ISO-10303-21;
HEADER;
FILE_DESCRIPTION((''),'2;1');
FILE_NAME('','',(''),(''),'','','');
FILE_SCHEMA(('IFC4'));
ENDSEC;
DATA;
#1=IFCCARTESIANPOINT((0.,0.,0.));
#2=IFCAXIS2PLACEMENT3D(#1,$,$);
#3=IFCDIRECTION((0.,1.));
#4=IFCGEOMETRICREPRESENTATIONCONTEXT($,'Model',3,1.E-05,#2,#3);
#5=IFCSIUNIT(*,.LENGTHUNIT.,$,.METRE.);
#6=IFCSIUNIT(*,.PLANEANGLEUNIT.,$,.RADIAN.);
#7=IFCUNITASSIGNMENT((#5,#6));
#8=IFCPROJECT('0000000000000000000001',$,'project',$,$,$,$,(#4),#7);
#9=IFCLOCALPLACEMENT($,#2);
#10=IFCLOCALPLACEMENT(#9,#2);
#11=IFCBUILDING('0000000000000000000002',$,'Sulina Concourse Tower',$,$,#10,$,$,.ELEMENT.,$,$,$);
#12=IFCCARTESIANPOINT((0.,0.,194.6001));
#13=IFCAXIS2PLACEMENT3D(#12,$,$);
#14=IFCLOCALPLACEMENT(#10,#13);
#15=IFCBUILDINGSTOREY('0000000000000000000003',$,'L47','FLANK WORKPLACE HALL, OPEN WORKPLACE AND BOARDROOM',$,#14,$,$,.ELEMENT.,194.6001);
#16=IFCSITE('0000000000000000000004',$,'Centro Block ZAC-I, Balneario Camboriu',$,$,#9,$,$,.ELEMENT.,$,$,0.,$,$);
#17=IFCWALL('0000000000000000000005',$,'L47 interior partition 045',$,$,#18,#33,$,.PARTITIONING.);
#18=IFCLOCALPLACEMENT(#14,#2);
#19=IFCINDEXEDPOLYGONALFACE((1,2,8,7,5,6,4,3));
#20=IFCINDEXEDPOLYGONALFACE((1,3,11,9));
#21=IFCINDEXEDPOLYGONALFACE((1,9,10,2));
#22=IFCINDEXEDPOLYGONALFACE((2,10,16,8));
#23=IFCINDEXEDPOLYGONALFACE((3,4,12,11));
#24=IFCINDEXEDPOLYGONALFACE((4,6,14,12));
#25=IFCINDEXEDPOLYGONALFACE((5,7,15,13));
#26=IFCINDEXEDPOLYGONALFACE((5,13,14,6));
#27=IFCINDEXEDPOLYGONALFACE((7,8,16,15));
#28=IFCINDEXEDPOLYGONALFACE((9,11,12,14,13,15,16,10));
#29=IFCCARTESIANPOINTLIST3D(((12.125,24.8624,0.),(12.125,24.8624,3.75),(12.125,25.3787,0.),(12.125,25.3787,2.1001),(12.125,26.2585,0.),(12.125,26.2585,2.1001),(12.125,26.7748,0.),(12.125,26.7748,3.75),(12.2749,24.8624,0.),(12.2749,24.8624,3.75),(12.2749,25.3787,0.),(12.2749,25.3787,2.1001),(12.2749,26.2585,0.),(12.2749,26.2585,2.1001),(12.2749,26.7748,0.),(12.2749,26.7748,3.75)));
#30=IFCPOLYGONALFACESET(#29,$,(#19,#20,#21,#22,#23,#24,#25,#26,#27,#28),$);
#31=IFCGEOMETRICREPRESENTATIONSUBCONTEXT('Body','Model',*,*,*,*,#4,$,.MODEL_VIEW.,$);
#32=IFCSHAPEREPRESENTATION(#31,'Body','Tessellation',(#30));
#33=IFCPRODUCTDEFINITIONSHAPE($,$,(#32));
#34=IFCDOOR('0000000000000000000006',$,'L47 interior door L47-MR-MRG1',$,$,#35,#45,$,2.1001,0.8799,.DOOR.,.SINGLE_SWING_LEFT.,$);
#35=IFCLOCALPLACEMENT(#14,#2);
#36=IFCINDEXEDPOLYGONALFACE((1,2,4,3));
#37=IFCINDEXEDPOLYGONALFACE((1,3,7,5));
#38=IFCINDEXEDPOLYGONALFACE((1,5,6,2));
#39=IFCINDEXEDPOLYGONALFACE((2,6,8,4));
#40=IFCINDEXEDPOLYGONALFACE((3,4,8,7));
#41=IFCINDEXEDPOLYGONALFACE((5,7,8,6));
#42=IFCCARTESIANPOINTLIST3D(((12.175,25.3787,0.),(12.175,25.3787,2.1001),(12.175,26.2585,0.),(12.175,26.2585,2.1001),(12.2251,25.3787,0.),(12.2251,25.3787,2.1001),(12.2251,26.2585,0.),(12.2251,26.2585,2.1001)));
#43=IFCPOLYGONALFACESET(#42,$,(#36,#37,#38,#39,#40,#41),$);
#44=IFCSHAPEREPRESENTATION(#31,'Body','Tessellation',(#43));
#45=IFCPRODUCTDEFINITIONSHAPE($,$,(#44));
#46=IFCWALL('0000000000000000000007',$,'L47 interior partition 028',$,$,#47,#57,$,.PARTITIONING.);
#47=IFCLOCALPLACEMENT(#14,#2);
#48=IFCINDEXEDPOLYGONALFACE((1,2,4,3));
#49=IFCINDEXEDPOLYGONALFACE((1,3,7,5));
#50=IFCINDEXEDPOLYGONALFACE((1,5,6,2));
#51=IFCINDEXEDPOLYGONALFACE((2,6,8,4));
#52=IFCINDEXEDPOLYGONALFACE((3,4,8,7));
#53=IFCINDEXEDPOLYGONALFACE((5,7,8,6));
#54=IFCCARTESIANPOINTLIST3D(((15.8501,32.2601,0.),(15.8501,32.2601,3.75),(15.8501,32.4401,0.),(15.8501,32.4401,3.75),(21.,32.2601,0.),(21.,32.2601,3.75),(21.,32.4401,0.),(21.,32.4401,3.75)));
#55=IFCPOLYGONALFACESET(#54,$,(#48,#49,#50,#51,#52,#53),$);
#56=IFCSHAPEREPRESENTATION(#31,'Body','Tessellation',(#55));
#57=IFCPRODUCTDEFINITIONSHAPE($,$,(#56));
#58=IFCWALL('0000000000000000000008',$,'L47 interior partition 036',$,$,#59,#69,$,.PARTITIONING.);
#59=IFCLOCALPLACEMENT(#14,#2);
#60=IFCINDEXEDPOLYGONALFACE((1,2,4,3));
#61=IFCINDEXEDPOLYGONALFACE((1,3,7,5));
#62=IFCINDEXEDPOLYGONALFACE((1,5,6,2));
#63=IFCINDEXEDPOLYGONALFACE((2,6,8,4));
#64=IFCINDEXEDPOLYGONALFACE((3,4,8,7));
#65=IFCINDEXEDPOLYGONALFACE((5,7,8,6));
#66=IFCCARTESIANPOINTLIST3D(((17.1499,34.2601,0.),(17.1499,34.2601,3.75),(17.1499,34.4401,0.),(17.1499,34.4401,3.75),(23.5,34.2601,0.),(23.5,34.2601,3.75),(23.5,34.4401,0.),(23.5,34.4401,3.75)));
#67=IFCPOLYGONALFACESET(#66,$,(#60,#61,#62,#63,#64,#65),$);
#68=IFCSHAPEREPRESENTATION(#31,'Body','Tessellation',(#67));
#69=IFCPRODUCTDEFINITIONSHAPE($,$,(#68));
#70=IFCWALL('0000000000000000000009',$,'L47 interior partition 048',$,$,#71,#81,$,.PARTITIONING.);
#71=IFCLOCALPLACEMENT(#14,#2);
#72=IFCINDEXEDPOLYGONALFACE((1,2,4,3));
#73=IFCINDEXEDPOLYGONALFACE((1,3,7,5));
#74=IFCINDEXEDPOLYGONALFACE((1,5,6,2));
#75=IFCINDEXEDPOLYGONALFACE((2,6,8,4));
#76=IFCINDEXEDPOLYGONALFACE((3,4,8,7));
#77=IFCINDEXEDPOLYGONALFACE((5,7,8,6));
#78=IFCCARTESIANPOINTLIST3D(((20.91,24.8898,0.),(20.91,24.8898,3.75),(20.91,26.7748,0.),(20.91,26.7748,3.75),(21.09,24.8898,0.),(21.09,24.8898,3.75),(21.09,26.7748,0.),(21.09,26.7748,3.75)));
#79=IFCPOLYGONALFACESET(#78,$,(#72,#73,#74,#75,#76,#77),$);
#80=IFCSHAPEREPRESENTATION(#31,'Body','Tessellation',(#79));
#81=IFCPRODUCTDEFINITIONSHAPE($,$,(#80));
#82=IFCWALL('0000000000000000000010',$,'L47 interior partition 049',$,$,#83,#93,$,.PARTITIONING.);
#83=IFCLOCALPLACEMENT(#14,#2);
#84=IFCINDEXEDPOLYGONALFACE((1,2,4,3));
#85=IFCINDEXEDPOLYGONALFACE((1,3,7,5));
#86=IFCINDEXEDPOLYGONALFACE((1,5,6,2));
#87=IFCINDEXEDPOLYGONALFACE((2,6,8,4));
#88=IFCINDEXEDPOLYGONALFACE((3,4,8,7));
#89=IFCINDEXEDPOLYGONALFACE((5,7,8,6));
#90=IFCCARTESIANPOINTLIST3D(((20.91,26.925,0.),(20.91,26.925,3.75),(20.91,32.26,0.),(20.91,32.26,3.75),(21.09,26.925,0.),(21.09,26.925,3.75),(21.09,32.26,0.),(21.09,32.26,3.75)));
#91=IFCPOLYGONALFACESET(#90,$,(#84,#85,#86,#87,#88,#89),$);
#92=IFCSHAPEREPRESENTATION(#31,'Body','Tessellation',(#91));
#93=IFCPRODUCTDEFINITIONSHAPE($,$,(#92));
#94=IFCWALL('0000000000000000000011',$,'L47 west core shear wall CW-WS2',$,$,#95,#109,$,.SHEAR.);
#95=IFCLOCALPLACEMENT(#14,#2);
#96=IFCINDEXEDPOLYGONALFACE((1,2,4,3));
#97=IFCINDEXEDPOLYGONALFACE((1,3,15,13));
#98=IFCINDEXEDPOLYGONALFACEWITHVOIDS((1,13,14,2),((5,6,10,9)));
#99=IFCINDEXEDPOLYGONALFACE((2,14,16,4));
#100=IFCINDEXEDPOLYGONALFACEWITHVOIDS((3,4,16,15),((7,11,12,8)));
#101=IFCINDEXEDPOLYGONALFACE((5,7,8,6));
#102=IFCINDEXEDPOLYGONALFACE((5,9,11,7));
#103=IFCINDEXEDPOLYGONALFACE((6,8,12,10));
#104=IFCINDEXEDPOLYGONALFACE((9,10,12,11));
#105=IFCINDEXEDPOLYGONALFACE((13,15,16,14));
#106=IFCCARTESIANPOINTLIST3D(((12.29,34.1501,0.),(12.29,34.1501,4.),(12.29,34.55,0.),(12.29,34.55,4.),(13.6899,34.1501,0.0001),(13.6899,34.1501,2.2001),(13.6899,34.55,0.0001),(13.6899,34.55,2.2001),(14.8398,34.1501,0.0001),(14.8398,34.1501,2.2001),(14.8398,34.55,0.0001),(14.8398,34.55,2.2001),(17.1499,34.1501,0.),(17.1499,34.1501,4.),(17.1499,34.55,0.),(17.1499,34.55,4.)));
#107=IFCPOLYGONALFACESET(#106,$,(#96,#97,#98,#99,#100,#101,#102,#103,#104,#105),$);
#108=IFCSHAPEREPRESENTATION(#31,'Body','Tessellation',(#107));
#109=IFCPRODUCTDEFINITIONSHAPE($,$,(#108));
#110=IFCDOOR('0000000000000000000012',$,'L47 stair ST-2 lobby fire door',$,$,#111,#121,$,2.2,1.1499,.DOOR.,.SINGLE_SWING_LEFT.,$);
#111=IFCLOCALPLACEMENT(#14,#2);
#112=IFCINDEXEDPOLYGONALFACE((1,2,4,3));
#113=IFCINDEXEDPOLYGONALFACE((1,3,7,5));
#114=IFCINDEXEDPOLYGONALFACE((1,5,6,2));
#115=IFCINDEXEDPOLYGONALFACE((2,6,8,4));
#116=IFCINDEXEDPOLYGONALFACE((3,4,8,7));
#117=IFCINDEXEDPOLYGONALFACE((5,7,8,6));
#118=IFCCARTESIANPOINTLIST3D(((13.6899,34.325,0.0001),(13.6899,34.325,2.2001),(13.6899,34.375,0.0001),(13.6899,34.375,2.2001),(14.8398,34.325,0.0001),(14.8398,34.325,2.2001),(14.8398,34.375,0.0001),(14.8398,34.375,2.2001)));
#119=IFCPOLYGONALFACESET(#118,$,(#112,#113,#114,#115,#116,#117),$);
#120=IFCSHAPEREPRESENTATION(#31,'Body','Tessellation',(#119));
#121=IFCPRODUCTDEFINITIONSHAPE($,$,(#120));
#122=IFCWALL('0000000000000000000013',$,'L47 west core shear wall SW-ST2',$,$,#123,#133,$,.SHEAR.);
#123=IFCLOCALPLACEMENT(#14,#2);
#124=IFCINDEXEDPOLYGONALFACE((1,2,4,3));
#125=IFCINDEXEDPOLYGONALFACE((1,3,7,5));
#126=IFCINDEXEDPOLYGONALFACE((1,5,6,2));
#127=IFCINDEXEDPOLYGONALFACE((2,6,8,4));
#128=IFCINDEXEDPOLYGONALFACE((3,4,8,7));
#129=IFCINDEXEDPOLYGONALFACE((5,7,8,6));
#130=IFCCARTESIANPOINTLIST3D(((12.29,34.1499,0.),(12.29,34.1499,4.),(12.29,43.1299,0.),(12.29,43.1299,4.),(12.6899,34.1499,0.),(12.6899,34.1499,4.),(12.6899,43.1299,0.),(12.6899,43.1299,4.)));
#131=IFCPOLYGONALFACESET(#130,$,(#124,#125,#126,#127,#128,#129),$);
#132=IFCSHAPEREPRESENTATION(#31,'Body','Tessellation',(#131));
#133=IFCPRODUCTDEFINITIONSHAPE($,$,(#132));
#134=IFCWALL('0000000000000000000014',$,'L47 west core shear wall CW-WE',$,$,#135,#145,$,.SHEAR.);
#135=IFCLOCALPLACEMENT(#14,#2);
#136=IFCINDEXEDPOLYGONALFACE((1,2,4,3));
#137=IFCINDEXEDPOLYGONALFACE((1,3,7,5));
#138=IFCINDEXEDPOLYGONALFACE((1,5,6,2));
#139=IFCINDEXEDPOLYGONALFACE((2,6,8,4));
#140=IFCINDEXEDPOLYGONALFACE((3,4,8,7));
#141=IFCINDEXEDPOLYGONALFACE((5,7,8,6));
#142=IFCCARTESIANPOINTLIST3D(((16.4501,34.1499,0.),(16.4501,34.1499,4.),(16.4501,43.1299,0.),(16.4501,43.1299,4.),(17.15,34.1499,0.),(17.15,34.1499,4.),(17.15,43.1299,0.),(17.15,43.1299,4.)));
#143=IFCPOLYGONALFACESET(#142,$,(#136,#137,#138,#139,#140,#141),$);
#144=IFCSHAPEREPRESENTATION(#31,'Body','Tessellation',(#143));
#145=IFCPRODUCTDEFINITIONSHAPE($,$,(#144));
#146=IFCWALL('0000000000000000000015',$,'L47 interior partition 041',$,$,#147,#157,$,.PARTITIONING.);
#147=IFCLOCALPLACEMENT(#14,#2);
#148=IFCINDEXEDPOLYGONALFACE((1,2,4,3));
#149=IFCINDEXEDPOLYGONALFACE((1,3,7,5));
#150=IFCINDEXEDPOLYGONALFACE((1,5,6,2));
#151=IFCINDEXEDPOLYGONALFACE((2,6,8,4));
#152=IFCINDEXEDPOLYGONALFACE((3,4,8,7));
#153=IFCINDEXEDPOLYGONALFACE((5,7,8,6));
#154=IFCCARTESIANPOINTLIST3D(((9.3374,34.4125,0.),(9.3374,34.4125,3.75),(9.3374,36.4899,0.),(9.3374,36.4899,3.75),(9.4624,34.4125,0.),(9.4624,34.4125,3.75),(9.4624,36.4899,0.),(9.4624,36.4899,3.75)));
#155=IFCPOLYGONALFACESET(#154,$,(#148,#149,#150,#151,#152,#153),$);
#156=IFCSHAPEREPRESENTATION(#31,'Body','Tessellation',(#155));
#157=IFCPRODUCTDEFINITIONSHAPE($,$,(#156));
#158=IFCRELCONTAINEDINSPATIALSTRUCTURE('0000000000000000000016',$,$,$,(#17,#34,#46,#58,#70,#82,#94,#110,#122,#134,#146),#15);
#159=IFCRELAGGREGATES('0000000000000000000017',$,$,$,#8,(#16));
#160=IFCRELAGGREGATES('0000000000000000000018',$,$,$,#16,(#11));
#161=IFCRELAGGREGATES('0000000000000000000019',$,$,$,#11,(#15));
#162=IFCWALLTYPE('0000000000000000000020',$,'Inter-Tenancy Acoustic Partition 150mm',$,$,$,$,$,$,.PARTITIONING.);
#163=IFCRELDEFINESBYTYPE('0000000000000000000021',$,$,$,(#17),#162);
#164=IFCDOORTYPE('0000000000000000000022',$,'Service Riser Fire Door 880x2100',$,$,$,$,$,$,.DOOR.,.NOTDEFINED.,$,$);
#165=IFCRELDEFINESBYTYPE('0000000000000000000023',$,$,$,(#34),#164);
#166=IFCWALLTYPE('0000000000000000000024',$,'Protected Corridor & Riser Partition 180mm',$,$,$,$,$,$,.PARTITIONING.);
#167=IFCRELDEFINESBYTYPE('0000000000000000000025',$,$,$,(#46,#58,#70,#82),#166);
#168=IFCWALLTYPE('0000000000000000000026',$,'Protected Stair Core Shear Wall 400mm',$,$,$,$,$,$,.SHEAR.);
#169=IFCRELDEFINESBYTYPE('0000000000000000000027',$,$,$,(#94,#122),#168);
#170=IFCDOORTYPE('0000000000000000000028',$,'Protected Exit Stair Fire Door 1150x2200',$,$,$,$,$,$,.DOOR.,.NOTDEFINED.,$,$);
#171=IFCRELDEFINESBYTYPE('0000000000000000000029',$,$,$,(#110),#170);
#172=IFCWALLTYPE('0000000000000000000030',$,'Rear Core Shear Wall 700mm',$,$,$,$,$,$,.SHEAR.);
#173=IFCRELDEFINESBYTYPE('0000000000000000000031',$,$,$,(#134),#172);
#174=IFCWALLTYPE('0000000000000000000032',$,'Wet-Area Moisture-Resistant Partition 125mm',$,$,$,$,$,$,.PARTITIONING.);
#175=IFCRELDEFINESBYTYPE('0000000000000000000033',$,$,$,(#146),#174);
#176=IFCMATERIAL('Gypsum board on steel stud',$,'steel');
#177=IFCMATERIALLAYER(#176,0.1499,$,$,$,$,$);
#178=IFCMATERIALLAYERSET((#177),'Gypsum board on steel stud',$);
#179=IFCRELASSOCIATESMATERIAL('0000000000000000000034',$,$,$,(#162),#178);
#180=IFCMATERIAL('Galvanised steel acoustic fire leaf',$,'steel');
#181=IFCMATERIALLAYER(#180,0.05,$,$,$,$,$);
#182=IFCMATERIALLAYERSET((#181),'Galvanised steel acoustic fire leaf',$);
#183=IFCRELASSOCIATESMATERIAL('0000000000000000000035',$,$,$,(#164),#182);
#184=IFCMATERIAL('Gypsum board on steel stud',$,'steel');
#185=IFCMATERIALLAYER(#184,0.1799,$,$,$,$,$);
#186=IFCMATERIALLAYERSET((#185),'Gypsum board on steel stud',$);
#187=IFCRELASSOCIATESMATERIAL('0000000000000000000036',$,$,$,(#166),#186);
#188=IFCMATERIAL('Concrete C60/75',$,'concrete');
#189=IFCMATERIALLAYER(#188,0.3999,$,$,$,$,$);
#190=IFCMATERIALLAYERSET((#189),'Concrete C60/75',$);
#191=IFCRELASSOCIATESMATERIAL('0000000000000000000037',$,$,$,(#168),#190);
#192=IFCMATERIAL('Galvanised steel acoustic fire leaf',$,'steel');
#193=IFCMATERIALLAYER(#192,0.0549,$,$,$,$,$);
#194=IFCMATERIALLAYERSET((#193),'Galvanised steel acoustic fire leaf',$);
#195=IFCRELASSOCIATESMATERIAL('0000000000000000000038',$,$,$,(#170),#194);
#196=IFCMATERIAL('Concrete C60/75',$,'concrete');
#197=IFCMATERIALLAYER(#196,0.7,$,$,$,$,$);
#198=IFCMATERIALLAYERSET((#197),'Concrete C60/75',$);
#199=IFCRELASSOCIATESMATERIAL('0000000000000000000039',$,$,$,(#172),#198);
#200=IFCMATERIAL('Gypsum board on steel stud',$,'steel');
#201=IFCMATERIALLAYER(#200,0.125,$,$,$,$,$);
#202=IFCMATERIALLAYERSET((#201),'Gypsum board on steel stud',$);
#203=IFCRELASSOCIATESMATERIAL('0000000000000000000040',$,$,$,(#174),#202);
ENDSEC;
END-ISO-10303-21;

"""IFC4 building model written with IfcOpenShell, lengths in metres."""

from ifc_helpers import new_model, si_unit, direction, frame, frame_2d, origin, place, context, subcontext, project, spatial, rectangle, extrude, material, layer, layer_set, type_object, element, fill, save


model = new_model("IFC4")

# Units and contexts
model_context = context("Model", 3, precision=1e-05, world=origin(), true_north=direction((0.0, 1.0)))
body_context = subcontext(model_context, "Body", "Model", "MODEL_VIEW")
ifc_project = project(units=[si_unit("LENGTHUNIT", "METRE"), si_unit("PLANEANGLEUNIT", "RADIAN")], contexts=[model_context])

# Site, building, storey
site_placement = place(None, origin())
site = spatial("IfcSite", under=ifc_project, at=site_placement, Name="Centro Block ZAC-I, Balneario Camboriu", CompositionType="ELEMENT", RefElevation=0.0)
building_placement = place(site_placement, origin())
building = spatial("IfcBuilding", under=site, at=building_placement, Name="Sulina Concourse Tower", CompositionType="ELEMENT")
storey_placement = place(building_placement, frame((0.0, 0.0, 194.6001)))
storey = spatial("IfcBuildingStorey", under=building, at=storey_placement, Name="L47", Description="FLANK WORKPLACE HALL, OPEN WORKPLACE AND BOARDROOM", CompositionType="ELEMENT", Elevation=194.6001)

# Shared definitions
ifc_material_1 = material(Name="Gypsum board on steel stud", Category="steel")
ifc_layer_1 = layer(ifc_material_1, 0.1499)
ifc_layer_set_1 = layer_set([ifc_layer_1], Name="Gypsum board on steel stud")
wall_type_1 = type_object("IfcWallType", Name="Inter-Tenancy Acoustic Partition 150mm", PredefinedType="PARTITIONING", material=ifc_layer_set_1)

# Wall, opening, door
wall_1_placement = place(storey_placement, frame((12.2, 24.8625, 0.0), z_axis=(0.0, 0.0, 1.0), x_axis=(0.0, 1.0, 0.0)))
wall_1 = element("IfcWall", 1, at=wall_1_placement, inside=storey, type_object=wall_type_1, Name="L47 interior partition 045", PredefinedType="PARTITIONING", context=body_context, shape_type="SweptSolid", body=[
    extrude(rectangle(XDim=1.9124, YDim=0.1499, at=frame_2d((0.9561, 0.0))), origin(), (0.0, 0.0, 1.0), 3.75),
])
opening_1_placement = place(wall_1_placement, frame((0.5161, 0.0, 0.0)))
opening_1 = element("IfcOpeningElement", 2, at=opening_1_placement, cuts=wall_1, PredefinedType="OPENING", context=body_context, shape_type="SweptSolid", body=[
    extrude(rectangle(XDim=0.8799, YDim=2.1001, at=frame_2d((0.4399, 1.05))), frame((0.0, 0.085, 0.0), z_axis=(0.0, -1.0, 0.0), x_axis=(1.0, 0.0, 0.0)), (0.0, 0.0, 1.0), 0.1699),
])
ifc_material_2 = material(Name="Galvanised steel acoustic fire leaf", Category="steel")
ifc_layer_2 = layer(ifc_material_2, 0.05)
ifc_layer_set_2 = layer_set([ifc_layer_2], Name="Galvanised steel acoustic fire leaf")
door_type_1 = type_object("IfcDoorType", Name="Service Riser Fire Door 880x2100", OperationType="NOTDEFINED", PredefinedType="DOOR", material=ifc_layer_set_2)
door_1_placement = place(opening_1_placement, origin())
door_1 = element("IfcDoor", 3, at=door_1_placement, inside=storey, type_object=door_type_1, Name="L47 interior door L47-MR-MRG1", OperationType="SINGLE_SWING_LEFT", OverallHeight=2.1001, OverallWidth=0.8799, PredefinedType="DOOR", context=body_context, shape_type="SweptSolid", body=[
    extrude(rectangle(XDim=0.8799, YDim=2.1001, at=frame_2d((0.4399, 1.05))), frame((0.0, 0.0249, 0.0), z_axis=(0.0, -1.0, 0.0), x_axis=(1.0, 0.0, 0.0)), (0.0, 0.0, 1.0), 0.05),
])
fill(opening_1, door_1)

# Walls
ifc_material_3 = material(Name="Gypsum board on steel stud", Category="steel")
ifc_layer_3 = layer(ifc_material_3, 0.1799)
ifc_layer_set_3 = layer_set([ifc_layer_3], Name="Gypsum board on steel stud")
wall_type_2 = type_object("IfcWallType", Name="Protected Corridor & Riser Partition 180mm", PredefinedType="PARTITIONING", material=ifc_layer_set_3)
wall_2_placement = place(storey_placement, frame((15.8501, 32.3501, 0.0), z_axis=(0.0, 0.0, 1.0), x_axis=(1.0, 0.0, 0.0)))
element("IfcWall", 4, at=wall_2_placement, inside=storey, type_object=wall_type_2, Name="L47 interior partition 028", PredefinedType="PARTITIONING", context=body_context, shape_type="SweptSolid", body=[
    extrude(rectangle(XDim=5.1499, YDim=0.1799, at=frame_2d((2.575, 0.0))), origin(), (0.0, 0.0, 1.0), 3.75),
])
wall_3_placement = place(storey_placement, frame((17.1499, 34.3501, 0.0), z_axis=(0.0, 0.0, 1.0), x_axis=(1.0, 0.0, 0.0)))
element("IfcWall", 5, at=wall_3_placement, inside=storey, type_object=wall_type_2, Name="L47 interior partition 036", PredefinedType="PARTITIONING", context=body_context, shape_type="SweptSolid", body=[
    extrude(rectangle(XDim=6.3501, YDim=0.1799, at=frame_2d((3.175, 0.0))), origin(), (0.0, 0.0, 1.0), 3.75),
])
wall_4_placement = place(storey_placement, frame((21.0, 24.8899, 0.0), z_axis=(0.0, 0.0, 1.0), x_axis=(0.0, 1.0, 0.0)))
element("IfcWall", 6, at=wall_4_placement, inside=storey, type_object=wall_type_2, Name="L47 interior partition 048", PredefinedType="PARTITIONING", context=body_context, shape_type="SweptSolid", body=[
    extrude(rectangle(XDim=1.885, YDim=0.1799, at=frame_2d((0.9424, 0.0))), origin(), (0.0, 0.0, 1.0), 3.75),
])
wall_5_placement = place(storey_placement, frame((21.0, 26.925, 0.0), z_axis=(0.0, 0.0, 1.0), x_axis=(0.0, 1.0, 0.0)))
element("IfcWall", 7, at=wall_5_placement, inside=storey, type_object=wall_type_2, Name="L47 interior partition 049", PredefinedType="PARTITIONING", context=body_context, shape_type="SweptSolid", body=[
    extrude(rectangle(XDim=5.335, YDim=0.1799, at=frame_2d((2.6675, 0.0))), origin(), (0.0, 0.0, 1.0), 3.75),
])

# Wall, opening, door
ifc_material_4 = material(Name="Concrete C60/75", Category="concrete")
ifc_layer_4 = layer(ifc_material_4, 0.3999)
ifc_layer_set_4 = layer_set([ifc_layer_4], Name="Concrete C60/75")
wall_type_3 = type_object("IfcWallType", Name="Protected Stair Core Shear Wall 400mm", PredefinedType="SHEAR", material=ifc_layer_set_4)
wall_6_placement = place(storey_placement, frame((12.29, 34.3501, 0.0), z_axis=(0.0, 0.0, 1.0), x_axis=(1.0, 0.0, 0.0)))
wall_6 = element("IfcWall", 8, at=wall_6_placement, inside=storey, type_object=wall_type_3, Name="L47 west core shear wall CW-WS2", PredefinedType="SHEAR", context=body_context, shape_type="SweptSolid", body=[
    extrude(rectangle(XDim=4.8599, YDim=0.3999, at=frame_2d((2.4299, 0.0))), origin(), (0.0, 0.0, 1.0), 4.0),
])
opening_2_placement = place(wall_6_placement, frame((1.3999, 0.0, 0.0)))
opening_2 = element("IfcOpeningElement", 9, at=opening_2_placement, cuts=wall_6, PredefinedType="OPENING", context=body_context, shape_type="SweptSolid", body=[
    extrude(rectangle(XDim=1.1499, YDim=2.2, at=frame_2d((0.575, 1.1001))), frame((0.0, 0.21, 0.0), z_axis=(0.0, -1.0, 0.0), x_axis=(1.0, 0.0, 0.0)), (0.0, 0.0, 1.0), 0.4199),
])
ifc_material_5 = material(Name="Galvanised steel acoustic fire leaf", Category="steel")
ifc_layer_5 = layer(ifc_material_5, 0.0549)
ifc_layer_set_5 = layer_set([ifc_layer_5], Name="Galvanised steel acoustic fire leaf")
door_type_2 = type_object("IfcDoorType", Name="Protected Exit Stair Fire Door 1150x2200", OperationType="NOTDEFINED", PredefinedType="DOOR", material=ifc_layer_set_5)
door_2_placement = place(opening_2_placement, origin())
door_2 = element("IfcDoor", 10, at=door_2_placement, inside=storey, type_object=door_type_2, Name="L47 stair ST-2 lobby fire door", OperationType="SINGLE_SWING_LEFT", OverallHeight=2.2, OverallWidth=1.1499, PredefinedType="DOOR", context=body_context, shape_type="SweptSolid", body=[
    extrude(rectangle(XDim=1.1499, YDim=2.2, at=frame_2d((0.575, 1.1001))), frame((0.0, 0.0249, 0.0), z_axis=(0.0, -1.0, 0.0), x_axis=(1.0, 0.0, 0.0)), (0.0, 0.0, 1.0), 0.05),
])
fill(opening_2, door_2)

# Walls
wall_7_placement = place(storey_placement, frame((12.49, 34.1499, 0.0), z_axis=(0.0, 0.0, 1.0), x_axis=(0.0, 1.0, 0.0)))
element("IfcWall", 11, at=wall_7_placement, inside=storey, type_object=wall_type_3, Name="L47 west core shear wall SW-ST2", PredefinedType="SHEAR", context=body_context, shape_type="SweptSolid", body=[
    extrude(rectangle(XDim=8.98, YDim=0.3999, at=frame_2d((4.49, 0.0))), origin(), (0.0, 0.0, 1.0), 4.0),
])
ifc_material_6 = material(Name="Concrete C60/75", Category="concrete")
ifc_layer_6 = layer(ifc_material_6, 0.7)
ifc_layer_set_6 = layer_set([ifc_layer_6], Name="Concrete C60/75")
wall_type_4 = type_object("IfcWallType", Name="Rear Core Shear Wall 700mm", PredefinedType="SHEAR", material=ifc_layer_set_6)
wall_8_placement = place(storey_placement, frame((16.8, 34.1499, 0.0), z_axis=(0.0, 0.0, 1.0), x_axis=(0.0, 1.0, 0.0)))
element("IfcWall", 12, at=wall_8_placement, inside=storey, type_object=wall_type_4, Name="L47 west core shear wall CW-WE", PredefinedType="SHEAR", context=body_context, shape_type="SweptSolid", body=[
    extrude(rectangle(XDim=8.98, YDim=0.7, at=frame_2d((4.49, 0.0))), origin(), (0.0, 0.0, 1.0), 4.0),
])
ifc_material_7 = material(Name="Gypsum board on steel stud", Category="steel")
ifc_layer_7 = layer(ifc_material_7, 0.125)
ifc_layer_set_7 = layer_set([ifc_layer_7], Name="Gypsum board on steel stud")
wall_type_5 = type_object("IfcWallType", Name="Wet-Area Moisture-Resistant Partition 125mm", PredefinedType="PARTITIONING", material=ifc_layer_set_7)
wall_9_placement = place(storey_placement, frame((9.3999, 34.4126, 0.0), z_axis=(0.0, 0.0, 1.0), x_axis=(0.0, 1.0, 0.0)))
element("IfcWall", 13, at=wall_9_placement, inside=storey, type_object=wall_type_5, Name="L47 interior partition 041", PredefinedType="PARTITIONING", context=body_context, shape_type="SweptSolid", body=[
    extrude(rectangle(XDim=2.0774, YDim=0.125, at=frame_2d((1.0386, 0.0))), origin(), (0.0, 0.0, 1.0), 3.75),
])

save(model, "model.ifc")
